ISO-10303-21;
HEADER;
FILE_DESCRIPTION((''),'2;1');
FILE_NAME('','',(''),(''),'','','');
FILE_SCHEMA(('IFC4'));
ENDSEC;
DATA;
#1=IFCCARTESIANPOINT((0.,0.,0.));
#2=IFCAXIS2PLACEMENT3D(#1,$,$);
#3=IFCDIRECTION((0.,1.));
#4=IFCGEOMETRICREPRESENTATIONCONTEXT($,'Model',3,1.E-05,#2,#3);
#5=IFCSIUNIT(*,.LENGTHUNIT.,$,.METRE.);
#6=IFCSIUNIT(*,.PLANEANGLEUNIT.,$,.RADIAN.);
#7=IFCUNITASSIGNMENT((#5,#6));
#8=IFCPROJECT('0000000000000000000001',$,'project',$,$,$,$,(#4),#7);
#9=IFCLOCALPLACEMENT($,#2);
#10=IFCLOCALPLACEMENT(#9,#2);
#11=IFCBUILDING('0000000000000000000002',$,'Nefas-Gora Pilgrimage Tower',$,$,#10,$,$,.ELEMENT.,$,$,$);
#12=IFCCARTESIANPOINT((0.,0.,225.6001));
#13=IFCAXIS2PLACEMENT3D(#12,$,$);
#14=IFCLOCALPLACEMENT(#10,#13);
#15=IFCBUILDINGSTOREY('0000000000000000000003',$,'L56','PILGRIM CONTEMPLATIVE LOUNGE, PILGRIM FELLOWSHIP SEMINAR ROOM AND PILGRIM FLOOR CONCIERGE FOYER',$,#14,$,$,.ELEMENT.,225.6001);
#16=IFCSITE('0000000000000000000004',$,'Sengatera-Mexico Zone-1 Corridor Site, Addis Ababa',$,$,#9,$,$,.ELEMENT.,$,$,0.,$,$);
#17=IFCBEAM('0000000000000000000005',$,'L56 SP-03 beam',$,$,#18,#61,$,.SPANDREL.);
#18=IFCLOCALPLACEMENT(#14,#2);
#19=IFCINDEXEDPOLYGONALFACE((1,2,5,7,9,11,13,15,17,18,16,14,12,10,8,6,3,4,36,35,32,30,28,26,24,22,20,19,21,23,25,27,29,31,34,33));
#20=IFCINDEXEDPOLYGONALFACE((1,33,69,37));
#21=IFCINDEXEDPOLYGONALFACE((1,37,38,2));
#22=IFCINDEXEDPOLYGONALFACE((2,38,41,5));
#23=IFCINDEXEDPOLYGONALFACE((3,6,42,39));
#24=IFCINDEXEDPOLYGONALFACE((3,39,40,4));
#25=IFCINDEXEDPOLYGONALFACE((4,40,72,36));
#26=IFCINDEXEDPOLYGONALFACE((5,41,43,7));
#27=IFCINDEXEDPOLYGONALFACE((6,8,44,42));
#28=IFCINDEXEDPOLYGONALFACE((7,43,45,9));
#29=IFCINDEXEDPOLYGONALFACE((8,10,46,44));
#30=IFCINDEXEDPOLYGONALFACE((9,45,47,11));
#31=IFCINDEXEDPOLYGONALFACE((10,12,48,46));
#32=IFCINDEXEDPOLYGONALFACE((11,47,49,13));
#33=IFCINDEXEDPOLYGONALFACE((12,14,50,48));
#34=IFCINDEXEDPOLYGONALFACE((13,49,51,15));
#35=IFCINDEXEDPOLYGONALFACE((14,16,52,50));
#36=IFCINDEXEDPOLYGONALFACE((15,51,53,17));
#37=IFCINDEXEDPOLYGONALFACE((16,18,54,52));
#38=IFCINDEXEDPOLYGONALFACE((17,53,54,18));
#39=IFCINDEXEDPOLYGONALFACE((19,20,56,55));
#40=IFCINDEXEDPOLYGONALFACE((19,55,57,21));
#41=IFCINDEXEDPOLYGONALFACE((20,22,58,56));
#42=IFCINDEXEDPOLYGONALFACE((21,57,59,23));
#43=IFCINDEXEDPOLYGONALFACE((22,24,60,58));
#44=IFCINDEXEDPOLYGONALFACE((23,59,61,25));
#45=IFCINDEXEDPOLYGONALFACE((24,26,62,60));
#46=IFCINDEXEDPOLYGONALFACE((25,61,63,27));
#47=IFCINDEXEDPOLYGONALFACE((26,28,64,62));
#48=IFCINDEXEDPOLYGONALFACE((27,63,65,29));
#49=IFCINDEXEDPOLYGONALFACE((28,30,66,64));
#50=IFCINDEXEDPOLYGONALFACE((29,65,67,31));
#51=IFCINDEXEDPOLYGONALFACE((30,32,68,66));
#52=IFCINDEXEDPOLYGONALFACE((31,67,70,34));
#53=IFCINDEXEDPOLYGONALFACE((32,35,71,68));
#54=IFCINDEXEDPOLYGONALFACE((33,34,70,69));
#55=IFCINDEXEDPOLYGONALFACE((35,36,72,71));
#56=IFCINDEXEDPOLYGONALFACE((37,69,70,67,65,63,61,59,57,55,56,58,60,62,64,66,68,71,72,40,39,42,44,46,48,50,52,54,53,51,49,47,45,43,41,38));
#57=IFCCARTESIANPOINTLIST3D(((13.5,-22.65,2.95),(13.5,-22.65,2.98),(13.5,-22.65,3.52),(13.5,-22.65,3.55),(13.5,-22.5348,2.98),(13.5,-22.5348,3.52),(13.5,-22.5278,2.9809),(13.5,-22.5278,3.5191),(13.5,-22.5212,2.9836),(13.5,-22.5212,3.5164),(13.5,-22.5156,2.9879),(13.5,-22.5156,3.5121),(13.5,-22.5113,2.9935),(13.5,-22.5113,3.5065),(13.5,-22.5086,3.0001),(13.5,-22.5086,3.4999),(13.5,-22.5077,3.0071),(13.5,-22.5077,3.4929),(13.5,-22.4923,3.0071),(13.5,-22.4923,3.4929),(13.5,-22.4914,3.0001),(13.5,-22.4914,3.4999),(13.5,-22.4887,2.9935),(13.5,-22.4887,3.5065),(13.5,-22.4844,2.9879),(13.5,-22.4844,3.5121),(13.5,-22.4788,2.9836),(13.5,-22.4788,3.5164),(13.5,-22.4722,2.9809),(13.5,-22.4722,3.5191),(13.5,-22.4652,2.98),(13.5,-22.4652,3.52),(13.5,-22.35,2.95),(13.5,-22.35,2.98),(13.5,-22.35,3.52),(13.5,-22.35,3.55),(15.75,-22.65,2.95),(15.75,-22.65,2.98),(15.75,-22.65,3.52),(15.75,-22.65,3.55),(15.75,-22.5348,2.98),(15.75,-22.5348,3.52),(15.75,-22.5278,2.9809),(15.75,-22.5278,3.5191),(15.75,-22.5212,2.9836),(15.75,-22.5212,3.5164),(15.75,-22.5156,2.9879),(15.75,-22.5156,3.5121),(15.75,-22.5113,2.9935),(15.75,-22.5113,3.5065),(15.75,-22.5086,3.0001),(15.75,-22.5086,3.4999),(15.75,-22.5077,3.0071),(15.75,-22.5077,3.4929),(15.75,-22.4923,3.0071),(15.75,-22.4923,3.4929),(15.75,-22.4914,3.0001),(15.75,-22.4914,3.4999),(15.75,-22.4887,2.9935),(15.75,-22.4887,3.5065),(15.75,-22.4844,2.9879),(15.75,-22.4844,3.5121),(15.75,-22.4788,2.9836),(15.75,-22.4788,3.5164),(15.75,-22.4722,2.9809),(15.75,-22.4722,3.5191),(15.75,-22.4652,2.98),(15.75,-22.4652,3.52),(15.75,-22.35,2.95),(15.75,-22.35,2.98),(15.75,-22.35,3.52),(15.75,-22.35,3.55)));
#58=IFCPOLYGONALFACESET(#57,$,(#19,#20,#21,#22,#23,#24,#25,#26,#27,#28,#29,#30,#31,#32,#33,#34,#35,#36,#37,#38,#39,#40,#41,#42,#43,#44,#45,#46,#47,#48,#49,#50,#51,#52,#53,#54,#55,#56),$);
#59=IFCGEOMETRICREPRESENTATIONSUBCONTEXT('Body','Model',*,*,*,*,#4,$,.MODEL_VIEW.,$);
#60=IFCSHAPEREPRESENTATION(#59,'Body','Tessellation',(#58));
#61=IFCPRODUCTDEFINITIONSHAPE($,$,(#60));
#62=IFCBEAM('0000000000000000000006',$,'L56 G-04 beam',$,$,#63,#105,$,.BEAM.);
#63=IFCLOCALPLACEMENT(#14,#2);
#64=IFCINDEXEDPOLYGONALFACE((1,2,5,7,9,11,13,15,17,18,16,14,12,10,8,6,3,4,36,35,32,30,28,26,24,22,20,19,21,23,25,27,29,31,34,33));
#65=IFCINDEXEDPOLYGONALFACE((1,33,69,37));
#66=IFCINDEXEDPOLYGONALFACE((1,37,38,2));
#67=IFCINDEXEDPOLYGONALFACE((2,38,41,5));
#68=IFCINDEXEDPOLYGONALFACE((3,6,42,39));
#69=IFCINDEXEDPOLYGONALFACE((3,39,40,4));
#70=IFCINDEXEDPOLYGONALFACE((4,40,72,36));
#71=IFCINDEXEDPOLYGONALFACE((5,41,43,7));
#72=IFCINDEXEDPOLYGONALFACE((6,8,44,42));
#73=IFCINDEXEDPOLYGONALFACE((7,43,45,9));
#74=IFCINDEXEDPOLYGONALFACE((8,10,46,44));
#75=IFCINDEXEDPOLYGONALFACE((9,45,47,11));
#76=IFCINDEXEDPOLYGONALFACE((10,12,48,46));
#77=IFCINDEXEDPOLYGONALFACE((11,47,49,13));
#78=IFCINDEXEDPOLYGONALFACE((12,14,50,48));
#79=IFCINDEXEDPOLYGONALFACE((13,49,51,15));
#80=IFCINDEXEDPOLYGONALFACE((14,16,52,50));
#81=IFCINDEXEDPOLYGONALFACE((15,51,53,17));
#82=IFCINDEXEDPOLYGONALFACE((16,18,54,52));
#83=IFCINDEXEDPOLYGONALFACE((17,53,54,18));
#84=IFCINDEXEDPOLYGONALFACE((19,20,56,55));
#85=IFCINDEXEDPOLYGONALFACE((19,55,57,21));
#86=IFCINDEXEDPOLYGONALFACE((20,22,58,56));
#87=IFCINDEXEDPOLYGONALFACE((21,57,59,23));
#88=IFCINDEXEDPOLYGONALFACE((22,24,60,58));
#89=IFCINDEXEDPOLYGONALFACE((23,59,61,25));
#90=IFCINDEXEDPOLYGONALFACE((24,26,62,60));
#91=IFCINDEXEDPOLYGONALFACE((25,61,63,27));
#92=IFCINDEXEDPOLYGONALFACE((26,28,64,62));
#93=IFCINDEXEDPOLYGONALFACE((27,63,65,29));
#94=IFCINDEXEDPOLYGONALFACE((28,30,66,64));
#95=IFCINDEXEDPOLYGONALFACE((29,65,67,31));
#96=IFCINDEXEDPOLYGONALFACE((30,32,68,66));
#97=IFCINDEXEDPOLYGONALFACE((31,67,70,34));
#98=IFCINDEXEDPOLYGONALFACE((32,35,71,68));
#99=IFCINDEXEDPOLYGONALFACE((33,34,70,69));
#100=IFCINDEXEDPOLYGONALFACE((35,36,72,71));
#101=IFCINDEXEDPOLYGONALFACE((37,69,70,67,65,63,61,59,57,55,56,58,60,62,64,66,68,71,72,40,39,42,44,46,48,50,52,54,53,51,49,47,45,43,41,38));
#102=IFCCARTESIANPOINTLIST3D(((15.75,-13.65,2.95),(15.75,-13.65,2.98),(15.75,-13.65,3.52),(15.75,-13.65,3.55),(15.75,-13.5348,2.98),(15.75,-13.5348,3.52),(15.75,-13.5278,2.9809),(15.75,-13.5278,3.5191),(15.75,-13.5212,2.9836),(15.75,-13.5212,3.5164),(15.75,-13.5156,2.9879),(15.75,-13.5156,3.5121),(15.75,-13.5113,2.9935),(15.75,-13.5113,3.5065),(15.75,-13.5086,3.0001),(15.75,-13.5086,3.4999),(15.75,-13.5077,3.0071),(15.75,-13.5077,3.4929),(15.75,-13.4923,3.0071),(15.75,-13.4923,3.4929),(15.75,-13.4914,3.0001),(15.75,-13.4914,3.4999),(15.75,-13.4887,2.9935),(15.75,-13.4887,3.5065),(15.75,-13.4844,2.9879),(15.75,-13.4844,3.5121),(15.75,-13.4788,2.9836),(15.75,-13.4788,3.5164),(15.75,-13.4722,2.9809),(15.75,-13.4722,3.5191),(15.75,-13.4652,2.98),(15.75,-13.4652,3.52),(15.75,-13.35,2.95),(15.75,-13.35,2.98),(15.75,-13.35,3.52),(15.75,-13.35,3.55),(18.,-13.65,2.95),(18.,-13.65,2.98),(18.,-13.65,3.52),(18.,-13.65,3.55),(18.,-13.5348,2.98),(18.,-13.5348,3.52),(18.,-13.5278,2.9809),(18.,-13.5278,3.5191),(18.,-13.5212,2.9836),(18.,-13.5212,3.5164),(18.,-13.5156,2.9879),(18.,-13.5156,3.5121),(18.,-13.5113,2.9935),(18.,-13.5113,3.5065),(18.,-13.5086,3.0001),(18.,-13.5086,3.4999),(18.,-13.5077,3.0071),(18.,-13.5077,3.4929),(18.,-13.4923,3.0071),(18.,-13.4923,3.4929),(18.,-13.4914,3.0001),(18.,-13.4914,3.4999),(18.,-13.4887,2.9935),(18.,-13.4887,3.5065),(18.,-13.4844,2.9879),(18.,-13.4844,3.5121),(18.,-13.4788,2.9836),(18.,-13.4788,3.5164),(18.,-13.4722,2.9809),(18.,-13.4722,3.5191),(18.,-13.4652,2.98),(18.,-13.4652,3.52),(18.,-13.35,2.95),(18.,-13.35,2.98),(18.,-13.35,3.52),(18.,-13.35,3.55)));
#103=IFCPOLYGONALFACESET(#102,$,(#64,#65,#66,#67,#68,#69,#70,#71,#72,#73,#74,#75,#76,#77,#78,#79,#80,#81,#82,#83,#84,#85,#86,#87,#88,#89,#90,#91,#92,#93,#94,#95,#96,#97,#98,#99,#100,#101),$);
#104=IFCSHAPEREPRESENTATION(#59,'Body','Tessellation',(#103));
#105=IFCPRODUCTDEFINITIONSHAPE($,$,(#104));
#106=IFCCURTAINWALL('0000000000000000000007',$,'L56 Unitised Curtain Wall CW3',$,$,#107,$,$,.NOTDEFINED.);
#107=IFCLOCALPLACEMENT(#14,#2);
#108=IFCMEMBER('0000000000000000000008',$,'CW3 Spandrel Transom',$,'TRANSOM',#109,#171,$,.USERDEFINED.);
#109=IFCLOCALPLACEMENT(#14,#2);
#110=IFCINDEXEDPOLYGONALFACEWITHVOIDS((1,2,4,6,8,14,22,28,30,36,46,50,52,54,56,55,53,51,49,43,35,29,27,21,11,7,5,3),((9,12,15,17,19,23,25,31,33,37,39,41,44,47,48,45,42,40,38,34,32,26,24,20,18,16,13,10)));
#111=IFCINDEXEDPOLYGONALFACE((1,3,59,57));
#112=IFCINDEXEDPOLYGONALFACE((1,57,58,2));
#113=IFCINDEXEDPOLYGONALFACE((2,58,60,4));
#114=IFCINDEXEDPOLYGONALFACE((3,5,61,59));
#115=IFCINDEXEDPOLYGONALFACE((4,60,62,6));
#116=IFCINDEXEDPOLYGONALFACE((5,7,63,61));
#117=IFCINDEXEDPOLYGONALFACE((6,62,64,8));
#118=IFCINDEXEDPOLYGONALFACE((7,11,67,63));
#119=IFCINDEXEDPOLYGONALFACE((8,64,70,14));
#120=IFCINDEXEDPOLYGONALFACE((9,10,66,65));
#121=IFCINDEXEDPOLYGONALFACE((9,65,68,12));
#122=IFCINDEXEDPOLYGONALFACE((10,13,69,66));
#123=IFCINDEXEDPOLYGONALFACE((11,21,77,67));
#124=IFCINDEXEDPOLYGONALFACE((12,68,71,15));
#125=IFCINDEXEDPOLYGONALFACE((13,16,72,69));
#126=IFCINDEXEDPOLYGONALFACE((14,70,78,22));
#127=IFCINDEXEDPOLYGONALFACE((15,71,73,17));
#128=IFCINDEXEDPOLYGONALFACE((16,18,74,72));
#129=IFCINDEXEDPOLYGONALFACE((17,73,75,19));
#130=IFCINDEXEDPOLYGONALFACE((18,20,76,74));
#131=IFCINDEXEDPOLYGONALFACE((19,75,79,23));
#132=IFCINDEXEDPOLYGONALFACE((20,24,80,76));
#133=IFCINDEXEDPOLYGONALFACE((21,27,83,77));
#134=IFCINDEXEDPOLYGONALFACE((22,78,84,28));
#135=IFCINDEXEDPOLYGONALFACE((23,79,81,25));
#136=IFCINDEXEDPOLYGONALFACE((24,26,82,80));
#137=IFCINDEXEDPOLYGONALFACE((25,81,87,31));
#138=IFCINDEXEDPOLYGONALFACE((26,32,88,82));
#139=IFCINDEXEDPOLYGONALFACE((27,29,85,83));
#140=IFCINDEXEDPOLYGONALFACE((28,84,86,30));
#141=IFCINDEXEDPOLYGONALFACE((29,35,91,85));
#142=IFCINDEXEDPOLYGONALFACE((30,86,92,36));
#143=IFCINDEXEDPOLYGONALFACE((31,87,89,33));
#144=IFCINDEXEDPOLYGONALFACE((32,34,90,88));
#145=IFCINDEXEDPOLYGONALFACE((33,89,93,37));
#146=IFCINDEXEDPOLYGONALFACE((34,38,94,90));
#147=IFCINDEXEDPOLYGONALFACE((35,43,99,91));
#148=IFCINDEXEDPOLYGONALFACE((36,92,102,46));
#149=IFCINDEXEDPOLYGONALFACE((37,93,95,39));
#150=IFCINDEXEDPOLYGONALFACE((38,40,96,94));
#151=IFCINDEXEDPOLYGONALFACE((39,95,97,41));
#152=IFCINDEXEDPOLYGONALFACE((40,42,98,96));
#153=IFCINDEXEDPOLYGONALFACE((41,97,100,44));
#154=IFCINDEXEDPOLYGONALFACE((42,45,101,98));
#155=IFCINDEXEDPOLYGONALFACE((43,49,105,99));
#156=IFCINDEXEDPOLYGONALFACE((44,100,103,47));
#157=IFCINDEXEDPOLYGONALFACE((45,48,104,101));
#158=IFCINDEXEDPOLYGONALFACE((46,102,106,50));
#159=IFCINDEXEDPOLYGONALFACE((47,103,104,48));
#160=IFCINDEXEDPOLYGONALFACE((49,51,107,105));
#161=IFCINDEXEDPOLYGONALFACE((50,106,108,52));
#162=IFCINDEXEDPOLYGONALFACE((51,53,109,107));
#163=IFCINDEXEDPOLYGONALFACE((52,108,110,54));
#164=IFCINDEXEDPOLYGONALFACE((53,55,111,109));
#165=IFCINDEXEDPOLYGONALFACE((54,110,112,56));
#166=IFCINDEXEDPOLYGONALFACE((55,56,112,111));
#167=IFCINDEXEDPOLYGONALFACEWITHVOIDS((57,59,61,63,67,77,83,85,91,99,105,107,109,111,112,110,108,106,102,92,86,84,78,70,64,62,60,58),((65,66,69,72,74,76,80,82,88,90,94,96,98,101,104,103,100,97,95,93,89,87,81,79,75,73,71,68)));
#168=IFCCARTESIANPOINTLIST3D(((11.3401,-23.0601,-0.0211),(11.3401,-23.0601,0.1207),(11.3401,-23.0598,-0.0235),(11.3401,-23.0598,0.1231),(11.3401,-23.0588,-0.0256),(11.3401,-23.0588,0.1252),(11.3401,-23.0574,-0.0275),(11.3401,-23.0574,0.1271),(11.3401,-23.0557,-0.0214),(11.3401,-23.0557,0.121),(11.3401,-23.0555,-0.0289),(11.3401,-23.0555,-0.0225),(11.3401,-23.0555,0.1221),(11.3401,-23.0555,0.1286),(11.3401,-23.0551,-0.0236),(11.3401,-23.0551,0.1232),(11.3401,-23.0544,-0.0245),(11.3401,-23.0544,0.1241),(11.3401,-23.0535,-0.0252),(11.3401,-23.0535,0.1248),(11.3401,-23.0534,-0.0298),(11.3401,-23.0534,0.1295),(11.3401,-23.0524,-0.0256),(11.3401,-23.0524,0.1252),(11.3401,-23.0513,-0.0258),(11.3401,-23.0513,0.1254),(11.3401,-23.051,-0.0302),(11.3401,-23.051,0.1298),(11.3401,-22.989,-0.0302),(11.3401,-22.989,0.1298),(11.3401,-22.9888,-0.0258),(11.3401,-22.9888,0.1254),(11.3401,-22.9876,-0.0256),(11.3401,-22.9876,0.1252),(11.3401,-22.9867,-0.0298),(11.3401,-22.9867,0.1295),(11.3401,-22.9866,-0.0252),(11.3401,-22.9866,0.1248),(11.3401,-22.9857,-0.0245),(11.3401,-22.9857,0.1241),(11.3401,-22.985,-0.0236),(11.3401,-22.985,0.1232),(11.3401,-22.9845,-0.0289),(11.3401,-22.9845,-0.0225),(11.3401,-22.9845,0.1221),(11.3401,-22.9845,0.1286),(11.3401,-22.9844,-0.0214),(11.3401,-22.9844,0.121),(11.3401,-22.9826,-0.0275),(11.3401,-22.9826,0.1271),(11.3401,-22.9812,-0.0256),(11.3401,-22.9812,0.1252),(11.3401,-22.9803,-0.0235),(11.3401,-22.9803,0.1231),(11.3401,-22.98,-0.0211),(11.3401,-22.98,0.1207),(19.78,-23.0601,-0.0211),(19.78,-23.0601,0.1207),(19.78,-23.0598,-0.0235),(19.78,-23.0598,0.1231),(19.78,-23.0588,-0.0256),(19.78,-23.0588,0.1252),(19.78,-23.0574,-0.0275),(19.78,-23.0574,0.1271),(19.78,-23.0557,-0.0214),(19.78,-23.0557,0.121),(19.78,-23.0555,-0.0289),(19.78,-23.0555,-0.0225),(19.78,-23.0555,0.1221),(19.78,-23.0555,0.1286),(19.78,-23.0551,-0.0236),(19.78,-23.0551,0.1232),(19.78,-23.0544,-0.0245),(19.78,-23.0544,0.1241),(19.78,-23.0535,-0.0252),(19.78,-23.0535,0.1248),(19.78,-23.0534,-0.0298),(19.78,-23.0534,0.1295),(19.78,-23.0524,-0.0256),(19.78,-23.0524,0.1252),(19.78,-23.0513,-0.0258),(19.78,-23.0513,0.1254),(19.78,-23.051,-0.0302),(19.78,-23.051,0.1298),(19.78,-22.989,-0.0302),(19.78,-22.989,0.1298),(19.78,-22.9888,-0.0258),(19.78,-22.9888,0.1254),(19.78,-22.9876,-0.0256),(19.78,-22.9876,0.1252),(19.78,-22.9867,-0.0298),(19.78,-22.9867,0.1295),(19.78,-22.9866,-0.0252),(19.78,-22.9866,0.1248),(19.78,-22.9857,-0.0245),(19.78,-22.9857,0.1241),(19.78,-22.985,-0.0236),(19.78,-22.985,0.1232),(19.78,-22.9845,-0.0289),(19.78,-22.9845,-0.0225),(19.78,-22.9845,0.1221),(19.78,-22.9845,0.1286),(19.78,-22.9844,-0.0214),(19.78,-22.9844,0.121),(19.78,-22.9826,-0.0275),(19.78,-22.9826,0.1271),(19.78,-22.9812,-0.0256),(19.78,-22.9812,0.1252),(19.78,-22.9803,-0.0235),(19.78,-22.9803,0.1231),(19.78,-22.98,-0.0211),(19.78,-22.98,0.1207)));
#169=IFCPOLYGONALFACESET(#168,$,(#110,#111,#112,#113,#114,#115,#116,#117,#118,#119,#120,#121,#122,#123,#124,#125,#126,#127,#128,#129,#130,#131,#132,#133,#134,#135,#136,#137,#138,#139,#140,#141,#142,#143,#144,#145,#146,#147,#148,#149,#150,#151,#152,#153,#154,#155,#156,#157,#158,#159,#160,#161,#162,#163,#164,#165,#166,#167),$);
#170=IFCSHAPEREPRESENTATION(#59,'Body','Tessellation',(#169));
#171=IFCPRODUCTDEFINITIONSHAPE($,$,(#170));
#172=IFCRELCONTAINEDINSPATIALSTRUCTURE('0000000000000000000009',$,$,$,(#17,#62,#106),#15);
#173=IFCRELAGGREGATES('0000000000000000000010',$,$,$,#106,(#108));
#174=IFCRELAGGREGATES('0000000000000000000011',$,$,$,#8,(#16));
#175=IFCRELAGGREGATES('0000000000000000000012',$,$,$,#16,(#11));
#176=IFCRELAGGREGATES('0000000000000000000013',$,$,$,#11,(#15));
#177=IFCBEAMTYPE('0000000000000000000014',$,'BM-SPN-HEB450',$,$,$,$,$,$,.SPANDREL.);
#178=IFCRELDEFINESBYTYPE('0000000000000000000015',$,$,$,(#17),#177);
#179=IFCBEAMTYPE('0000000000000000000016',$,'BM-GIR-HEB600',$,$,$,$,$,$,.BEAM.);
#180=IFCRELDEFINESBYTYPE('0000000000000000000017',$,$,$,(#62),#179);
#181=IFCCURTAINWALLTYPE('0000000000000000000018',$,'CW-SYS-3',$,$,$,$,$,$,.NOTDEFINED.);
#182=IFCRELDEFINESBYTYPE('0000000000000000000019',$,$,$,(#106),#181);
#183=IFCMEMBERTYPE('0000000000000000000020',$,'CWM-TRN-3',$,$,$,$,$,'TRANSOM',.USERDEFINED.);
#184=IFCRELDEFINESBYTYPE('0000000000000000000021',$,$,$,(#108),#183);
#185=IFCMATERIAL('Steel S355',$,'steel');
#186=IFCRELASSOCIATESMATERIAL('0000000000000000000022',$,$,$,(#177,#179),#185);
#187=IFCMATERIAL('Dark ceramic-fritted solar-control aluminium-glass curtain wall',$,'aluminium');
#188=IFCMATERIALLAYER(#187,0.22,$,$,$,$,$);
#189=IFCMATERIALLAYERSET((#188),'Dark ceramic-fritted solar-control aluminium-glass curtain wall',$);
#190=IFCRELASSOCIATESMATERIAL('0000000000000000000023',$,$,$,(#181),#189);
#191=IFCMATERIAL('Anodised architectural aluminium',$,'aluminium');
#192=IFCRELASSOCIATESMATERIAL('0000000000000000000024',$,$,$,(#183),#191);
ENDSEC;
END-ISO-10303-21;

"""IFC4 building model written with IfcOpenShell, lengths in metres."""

from ifc_helpers import new_model, si_unit, direction, frame, origin, origin_2d, place, context, subcontext, project, spatial, hollow_rectangle, i_section, extrude, source, transform, mapped, material, layer, layer_set, material_profile, profile_set, type_object, element, aggregate, save


model = new_model("IFC4")

# Units and contexts
model_context = context("Model", 3, precision=1e-05, world=origin(), true_north=direction((0.0, 1.0)))
body_context = subcontext(model_context, "Body", "Model", "MODEL_VIEW")
ifc_project = project(units=[si_unit("LENGTHUNIT", "METRE"), si_unit("PLANEANGLEUNIT", "RADIAN")], contexts=[model_context])

# Site, building, storey
site_placement = place(None, origin())
site = spatial("IfcSite", under=ifc_project, at=site_placement, Name="Sengatera-Mexico Zone-1 Corridor Site, Addis Ababa", CompositionType="ELEMENT", RefElevation=0.0)
building_placement = place(site_placement, origin())
building = spatial("IfcBuilding", under=site, at=building_placement, Name="Nefas-Gora Pilgrimage Tower", CompositionType="ELEMENT")
storey_placement = place(building_placement, frame((0.0, 0.0, 225.6001)))
storey = spatial("IfcBuildingStorey", under=building, at=storey_placement, Name="L56", Description="PILGRIM CONTEMPLATIVE LOUNGE, PILGRIM FELLOWSHIP SEMINAR ROOM AND PILGRIM FLOOR CONCIERGE FOYER", CompositionType="ELEMENT", Elevation=225.6001)

# Beams
ifc_material_1 = material(Name="Steel S355", Category="steel")
ifc_material_profile_1 = material_profile(ifc_material_1, i_section(OverallWidth=0.3, OverallDepth=0.6001, WebThickness=0.0154, FlangeThickness=0.03, FilletRadius=0.0271, at=origin_2d()), Name="HEB 600")
ifc_profile_set_1 = profile_set([ifc_material_profile_1], Name="Steel S355")
beam_type_1 = type_object("IfcBeamType", Name="BM-SPN-HEB450", PredefinedType="SPANDREL", material=ifc_profile_set_1)
ifc_material_profile_2 = material_profile(ifc_material_1, i_section(OverallWidth=0.3, OverallDepth=0.6001, WebThickness=0.0154, FlangeThickness=0.03, FilletRadius=0.0271, at=origin_2d()), Name="HEB 600")
ifc_profile_set_2 = profile_set([ifc_material_profile_2], Name="Steel S355")
beam_type_2 = type_object("IfcBeamType", Name="BM-GIR-HEB600", PredefinedType="BEAM", material=ifc_profile_set_2)
shared_shape_1 = source(origin(), body_context, "Body", "SweptSolid", [
    extrude(i_section(OverallWidth=0.3, OverallDepth=0.6001, WebThickness=0.0154, FlangeThickness=0.03, FilletRadius=0.0271, at=origin_2d()), origin(), (0.0, 0.0, 1.0), 2.25),
])
beam_1_placement = place(storey_placement, frame((13.5, -22.5, 3.25), z_axis=(1.0, 0.0, 0.0), x_axis=(0.0, 1.0, 0.0)))
element("IfcBeam", 1, at=beam_1_placement, inside=storey, type_object=beam_type_1, Name="L56 SP-03 beam", PredefinedType="SPANDREL", context=body_context, shape_type="MappedRepresentation", body=[
    mapped(shared_shape_1, transform((0.0, 0.0, 0.0), x_axis=(1.0, 0.0, 0.0), y_axis=(0.0, 1.0, 0.0), z_axis=(0.0, 0.0, 1.0), scale=1.0)),
])
shared_shape_2 = source(origin(), body_context, "Body", "SweptSolid", [
    extrude(i_section(OverallWidth=0.3, OverallDepth=0.6001, WebThickness=0.0154, FlangeThickness=0.03, FilletRadius=0.0271, at=origin_2d()), origin(), (0.0, 0.0, 1.0), 2.25),
])
beam_2_placement = place(storey_placement, frame((15.75, -13.5, 3.25), z_axis=(1.0, 0.0, 0.0), x_axis=(0.0, 1.0, 0.0)))
element("IfcBeam", 2, at=beam_2_placement, inside=storey, type_object=beam_type_2, Name="L56 G-04 beam", PredefinedType="BEAM", context=body_context, shape_type="MappedRepresentation", body=[
    mapped(shared_shape_2, transform((0.0, 0.0, 0.0), x_axis=(1.0, 0.0, 0.0), y_axis=(0.0, 1.0, 0.0), z_axis=(0.0, 0.0, 1.0), scale=1.0)),
])

# Curtain wall, member
ifc_material_2 = material(Name="Dark ceramic-fritted solar-control aluminium-glass curtain wall", Category="aluminium")
ifc_layer_1 = layer(ifc_material_2, 0.22)
ifc_layer_set_1 = layer_set([ifc_layer_1], Name="Dark ceramic-fritted solar-control aluminium-glass curtain wall")
curtain_wall_type = type_object("IfcCurtainWallType", Name="CW-SYS-3", PredefinedType="NOTDEFINED", material=ifc_layer_set_1)
curtain_wall_1_placement = place(storey_placement, origin())
curtain_wall_1 = element("IfcCurtainWall", 3, at=curtain_wall_1_placement, inside=storey, type_object=curtain_wall_type, Name="L56 Unitised Curtain Wall CW3", PredefinedType="NOTDEFINED")
ifc_material_3 = material(Name="Anodised architectural aluminium", Category="aluminium")
ifc_material_profile_3 = material_profile(ifc_material_3, hollow_rectangle(XDim=0.0801, YDim=0.1599, WallThickness=0.0044, InnerFilletRadius=0.0044, OuterFilletRadius=0.009, at=origin_2d()), Name="ALU TRANSOM 80x160")
ifc_profile_set_3 = profile_set([ifc_material_profile_3], Name="Anodised architectural aluminium")
member_type_1 = type_object("IfcMemberType", Name="CWM-TRN-3", ElementType="TRANSOM", PredefinedType="USERDEFINED", material=ifc_profile_set_3)
shared_shape_3 = source(origin(), body_context, "Body", "SweptSolid", [
    extrude(hollow_rectangle(XDim=0.0801, YDim=0.1599, WallThickness=0.0044, InnerFilletRadius=0.0044, OuterFilletRadius=0.009, at=origin_2d()), origin(), (0.0, 0.0, 1.0), 8.4399),
])
member_1_placement = place(storey_placement, frame((11.3401, -23.02, 0.0498), z_axis=(1.0, 0.0, 0.0), x_axis=(0.0, 1.0, 0.0)))
member_1 = element("IfcMember", 4, at=member_1_placement, type_object=member_type_1, Name="CW3 Spandrel Transom", ObjectType="TRANSOM", PredefinedType="USERDEFINED", context=body_context, shape_type="MappedRepresentation", body=[
    mapped(shared_shape_3, transform((0.0, 0.0, 0.0), x_axis=(1.0, 0.0, 0.0), y_axis=(0.0, 1.0, 0.0), z_axis=(0.0, 0.0, 1.0), scale=1.0)),
])

aggregate(curtain_wall_1, [member_1])

save(model, "model.ifc")
